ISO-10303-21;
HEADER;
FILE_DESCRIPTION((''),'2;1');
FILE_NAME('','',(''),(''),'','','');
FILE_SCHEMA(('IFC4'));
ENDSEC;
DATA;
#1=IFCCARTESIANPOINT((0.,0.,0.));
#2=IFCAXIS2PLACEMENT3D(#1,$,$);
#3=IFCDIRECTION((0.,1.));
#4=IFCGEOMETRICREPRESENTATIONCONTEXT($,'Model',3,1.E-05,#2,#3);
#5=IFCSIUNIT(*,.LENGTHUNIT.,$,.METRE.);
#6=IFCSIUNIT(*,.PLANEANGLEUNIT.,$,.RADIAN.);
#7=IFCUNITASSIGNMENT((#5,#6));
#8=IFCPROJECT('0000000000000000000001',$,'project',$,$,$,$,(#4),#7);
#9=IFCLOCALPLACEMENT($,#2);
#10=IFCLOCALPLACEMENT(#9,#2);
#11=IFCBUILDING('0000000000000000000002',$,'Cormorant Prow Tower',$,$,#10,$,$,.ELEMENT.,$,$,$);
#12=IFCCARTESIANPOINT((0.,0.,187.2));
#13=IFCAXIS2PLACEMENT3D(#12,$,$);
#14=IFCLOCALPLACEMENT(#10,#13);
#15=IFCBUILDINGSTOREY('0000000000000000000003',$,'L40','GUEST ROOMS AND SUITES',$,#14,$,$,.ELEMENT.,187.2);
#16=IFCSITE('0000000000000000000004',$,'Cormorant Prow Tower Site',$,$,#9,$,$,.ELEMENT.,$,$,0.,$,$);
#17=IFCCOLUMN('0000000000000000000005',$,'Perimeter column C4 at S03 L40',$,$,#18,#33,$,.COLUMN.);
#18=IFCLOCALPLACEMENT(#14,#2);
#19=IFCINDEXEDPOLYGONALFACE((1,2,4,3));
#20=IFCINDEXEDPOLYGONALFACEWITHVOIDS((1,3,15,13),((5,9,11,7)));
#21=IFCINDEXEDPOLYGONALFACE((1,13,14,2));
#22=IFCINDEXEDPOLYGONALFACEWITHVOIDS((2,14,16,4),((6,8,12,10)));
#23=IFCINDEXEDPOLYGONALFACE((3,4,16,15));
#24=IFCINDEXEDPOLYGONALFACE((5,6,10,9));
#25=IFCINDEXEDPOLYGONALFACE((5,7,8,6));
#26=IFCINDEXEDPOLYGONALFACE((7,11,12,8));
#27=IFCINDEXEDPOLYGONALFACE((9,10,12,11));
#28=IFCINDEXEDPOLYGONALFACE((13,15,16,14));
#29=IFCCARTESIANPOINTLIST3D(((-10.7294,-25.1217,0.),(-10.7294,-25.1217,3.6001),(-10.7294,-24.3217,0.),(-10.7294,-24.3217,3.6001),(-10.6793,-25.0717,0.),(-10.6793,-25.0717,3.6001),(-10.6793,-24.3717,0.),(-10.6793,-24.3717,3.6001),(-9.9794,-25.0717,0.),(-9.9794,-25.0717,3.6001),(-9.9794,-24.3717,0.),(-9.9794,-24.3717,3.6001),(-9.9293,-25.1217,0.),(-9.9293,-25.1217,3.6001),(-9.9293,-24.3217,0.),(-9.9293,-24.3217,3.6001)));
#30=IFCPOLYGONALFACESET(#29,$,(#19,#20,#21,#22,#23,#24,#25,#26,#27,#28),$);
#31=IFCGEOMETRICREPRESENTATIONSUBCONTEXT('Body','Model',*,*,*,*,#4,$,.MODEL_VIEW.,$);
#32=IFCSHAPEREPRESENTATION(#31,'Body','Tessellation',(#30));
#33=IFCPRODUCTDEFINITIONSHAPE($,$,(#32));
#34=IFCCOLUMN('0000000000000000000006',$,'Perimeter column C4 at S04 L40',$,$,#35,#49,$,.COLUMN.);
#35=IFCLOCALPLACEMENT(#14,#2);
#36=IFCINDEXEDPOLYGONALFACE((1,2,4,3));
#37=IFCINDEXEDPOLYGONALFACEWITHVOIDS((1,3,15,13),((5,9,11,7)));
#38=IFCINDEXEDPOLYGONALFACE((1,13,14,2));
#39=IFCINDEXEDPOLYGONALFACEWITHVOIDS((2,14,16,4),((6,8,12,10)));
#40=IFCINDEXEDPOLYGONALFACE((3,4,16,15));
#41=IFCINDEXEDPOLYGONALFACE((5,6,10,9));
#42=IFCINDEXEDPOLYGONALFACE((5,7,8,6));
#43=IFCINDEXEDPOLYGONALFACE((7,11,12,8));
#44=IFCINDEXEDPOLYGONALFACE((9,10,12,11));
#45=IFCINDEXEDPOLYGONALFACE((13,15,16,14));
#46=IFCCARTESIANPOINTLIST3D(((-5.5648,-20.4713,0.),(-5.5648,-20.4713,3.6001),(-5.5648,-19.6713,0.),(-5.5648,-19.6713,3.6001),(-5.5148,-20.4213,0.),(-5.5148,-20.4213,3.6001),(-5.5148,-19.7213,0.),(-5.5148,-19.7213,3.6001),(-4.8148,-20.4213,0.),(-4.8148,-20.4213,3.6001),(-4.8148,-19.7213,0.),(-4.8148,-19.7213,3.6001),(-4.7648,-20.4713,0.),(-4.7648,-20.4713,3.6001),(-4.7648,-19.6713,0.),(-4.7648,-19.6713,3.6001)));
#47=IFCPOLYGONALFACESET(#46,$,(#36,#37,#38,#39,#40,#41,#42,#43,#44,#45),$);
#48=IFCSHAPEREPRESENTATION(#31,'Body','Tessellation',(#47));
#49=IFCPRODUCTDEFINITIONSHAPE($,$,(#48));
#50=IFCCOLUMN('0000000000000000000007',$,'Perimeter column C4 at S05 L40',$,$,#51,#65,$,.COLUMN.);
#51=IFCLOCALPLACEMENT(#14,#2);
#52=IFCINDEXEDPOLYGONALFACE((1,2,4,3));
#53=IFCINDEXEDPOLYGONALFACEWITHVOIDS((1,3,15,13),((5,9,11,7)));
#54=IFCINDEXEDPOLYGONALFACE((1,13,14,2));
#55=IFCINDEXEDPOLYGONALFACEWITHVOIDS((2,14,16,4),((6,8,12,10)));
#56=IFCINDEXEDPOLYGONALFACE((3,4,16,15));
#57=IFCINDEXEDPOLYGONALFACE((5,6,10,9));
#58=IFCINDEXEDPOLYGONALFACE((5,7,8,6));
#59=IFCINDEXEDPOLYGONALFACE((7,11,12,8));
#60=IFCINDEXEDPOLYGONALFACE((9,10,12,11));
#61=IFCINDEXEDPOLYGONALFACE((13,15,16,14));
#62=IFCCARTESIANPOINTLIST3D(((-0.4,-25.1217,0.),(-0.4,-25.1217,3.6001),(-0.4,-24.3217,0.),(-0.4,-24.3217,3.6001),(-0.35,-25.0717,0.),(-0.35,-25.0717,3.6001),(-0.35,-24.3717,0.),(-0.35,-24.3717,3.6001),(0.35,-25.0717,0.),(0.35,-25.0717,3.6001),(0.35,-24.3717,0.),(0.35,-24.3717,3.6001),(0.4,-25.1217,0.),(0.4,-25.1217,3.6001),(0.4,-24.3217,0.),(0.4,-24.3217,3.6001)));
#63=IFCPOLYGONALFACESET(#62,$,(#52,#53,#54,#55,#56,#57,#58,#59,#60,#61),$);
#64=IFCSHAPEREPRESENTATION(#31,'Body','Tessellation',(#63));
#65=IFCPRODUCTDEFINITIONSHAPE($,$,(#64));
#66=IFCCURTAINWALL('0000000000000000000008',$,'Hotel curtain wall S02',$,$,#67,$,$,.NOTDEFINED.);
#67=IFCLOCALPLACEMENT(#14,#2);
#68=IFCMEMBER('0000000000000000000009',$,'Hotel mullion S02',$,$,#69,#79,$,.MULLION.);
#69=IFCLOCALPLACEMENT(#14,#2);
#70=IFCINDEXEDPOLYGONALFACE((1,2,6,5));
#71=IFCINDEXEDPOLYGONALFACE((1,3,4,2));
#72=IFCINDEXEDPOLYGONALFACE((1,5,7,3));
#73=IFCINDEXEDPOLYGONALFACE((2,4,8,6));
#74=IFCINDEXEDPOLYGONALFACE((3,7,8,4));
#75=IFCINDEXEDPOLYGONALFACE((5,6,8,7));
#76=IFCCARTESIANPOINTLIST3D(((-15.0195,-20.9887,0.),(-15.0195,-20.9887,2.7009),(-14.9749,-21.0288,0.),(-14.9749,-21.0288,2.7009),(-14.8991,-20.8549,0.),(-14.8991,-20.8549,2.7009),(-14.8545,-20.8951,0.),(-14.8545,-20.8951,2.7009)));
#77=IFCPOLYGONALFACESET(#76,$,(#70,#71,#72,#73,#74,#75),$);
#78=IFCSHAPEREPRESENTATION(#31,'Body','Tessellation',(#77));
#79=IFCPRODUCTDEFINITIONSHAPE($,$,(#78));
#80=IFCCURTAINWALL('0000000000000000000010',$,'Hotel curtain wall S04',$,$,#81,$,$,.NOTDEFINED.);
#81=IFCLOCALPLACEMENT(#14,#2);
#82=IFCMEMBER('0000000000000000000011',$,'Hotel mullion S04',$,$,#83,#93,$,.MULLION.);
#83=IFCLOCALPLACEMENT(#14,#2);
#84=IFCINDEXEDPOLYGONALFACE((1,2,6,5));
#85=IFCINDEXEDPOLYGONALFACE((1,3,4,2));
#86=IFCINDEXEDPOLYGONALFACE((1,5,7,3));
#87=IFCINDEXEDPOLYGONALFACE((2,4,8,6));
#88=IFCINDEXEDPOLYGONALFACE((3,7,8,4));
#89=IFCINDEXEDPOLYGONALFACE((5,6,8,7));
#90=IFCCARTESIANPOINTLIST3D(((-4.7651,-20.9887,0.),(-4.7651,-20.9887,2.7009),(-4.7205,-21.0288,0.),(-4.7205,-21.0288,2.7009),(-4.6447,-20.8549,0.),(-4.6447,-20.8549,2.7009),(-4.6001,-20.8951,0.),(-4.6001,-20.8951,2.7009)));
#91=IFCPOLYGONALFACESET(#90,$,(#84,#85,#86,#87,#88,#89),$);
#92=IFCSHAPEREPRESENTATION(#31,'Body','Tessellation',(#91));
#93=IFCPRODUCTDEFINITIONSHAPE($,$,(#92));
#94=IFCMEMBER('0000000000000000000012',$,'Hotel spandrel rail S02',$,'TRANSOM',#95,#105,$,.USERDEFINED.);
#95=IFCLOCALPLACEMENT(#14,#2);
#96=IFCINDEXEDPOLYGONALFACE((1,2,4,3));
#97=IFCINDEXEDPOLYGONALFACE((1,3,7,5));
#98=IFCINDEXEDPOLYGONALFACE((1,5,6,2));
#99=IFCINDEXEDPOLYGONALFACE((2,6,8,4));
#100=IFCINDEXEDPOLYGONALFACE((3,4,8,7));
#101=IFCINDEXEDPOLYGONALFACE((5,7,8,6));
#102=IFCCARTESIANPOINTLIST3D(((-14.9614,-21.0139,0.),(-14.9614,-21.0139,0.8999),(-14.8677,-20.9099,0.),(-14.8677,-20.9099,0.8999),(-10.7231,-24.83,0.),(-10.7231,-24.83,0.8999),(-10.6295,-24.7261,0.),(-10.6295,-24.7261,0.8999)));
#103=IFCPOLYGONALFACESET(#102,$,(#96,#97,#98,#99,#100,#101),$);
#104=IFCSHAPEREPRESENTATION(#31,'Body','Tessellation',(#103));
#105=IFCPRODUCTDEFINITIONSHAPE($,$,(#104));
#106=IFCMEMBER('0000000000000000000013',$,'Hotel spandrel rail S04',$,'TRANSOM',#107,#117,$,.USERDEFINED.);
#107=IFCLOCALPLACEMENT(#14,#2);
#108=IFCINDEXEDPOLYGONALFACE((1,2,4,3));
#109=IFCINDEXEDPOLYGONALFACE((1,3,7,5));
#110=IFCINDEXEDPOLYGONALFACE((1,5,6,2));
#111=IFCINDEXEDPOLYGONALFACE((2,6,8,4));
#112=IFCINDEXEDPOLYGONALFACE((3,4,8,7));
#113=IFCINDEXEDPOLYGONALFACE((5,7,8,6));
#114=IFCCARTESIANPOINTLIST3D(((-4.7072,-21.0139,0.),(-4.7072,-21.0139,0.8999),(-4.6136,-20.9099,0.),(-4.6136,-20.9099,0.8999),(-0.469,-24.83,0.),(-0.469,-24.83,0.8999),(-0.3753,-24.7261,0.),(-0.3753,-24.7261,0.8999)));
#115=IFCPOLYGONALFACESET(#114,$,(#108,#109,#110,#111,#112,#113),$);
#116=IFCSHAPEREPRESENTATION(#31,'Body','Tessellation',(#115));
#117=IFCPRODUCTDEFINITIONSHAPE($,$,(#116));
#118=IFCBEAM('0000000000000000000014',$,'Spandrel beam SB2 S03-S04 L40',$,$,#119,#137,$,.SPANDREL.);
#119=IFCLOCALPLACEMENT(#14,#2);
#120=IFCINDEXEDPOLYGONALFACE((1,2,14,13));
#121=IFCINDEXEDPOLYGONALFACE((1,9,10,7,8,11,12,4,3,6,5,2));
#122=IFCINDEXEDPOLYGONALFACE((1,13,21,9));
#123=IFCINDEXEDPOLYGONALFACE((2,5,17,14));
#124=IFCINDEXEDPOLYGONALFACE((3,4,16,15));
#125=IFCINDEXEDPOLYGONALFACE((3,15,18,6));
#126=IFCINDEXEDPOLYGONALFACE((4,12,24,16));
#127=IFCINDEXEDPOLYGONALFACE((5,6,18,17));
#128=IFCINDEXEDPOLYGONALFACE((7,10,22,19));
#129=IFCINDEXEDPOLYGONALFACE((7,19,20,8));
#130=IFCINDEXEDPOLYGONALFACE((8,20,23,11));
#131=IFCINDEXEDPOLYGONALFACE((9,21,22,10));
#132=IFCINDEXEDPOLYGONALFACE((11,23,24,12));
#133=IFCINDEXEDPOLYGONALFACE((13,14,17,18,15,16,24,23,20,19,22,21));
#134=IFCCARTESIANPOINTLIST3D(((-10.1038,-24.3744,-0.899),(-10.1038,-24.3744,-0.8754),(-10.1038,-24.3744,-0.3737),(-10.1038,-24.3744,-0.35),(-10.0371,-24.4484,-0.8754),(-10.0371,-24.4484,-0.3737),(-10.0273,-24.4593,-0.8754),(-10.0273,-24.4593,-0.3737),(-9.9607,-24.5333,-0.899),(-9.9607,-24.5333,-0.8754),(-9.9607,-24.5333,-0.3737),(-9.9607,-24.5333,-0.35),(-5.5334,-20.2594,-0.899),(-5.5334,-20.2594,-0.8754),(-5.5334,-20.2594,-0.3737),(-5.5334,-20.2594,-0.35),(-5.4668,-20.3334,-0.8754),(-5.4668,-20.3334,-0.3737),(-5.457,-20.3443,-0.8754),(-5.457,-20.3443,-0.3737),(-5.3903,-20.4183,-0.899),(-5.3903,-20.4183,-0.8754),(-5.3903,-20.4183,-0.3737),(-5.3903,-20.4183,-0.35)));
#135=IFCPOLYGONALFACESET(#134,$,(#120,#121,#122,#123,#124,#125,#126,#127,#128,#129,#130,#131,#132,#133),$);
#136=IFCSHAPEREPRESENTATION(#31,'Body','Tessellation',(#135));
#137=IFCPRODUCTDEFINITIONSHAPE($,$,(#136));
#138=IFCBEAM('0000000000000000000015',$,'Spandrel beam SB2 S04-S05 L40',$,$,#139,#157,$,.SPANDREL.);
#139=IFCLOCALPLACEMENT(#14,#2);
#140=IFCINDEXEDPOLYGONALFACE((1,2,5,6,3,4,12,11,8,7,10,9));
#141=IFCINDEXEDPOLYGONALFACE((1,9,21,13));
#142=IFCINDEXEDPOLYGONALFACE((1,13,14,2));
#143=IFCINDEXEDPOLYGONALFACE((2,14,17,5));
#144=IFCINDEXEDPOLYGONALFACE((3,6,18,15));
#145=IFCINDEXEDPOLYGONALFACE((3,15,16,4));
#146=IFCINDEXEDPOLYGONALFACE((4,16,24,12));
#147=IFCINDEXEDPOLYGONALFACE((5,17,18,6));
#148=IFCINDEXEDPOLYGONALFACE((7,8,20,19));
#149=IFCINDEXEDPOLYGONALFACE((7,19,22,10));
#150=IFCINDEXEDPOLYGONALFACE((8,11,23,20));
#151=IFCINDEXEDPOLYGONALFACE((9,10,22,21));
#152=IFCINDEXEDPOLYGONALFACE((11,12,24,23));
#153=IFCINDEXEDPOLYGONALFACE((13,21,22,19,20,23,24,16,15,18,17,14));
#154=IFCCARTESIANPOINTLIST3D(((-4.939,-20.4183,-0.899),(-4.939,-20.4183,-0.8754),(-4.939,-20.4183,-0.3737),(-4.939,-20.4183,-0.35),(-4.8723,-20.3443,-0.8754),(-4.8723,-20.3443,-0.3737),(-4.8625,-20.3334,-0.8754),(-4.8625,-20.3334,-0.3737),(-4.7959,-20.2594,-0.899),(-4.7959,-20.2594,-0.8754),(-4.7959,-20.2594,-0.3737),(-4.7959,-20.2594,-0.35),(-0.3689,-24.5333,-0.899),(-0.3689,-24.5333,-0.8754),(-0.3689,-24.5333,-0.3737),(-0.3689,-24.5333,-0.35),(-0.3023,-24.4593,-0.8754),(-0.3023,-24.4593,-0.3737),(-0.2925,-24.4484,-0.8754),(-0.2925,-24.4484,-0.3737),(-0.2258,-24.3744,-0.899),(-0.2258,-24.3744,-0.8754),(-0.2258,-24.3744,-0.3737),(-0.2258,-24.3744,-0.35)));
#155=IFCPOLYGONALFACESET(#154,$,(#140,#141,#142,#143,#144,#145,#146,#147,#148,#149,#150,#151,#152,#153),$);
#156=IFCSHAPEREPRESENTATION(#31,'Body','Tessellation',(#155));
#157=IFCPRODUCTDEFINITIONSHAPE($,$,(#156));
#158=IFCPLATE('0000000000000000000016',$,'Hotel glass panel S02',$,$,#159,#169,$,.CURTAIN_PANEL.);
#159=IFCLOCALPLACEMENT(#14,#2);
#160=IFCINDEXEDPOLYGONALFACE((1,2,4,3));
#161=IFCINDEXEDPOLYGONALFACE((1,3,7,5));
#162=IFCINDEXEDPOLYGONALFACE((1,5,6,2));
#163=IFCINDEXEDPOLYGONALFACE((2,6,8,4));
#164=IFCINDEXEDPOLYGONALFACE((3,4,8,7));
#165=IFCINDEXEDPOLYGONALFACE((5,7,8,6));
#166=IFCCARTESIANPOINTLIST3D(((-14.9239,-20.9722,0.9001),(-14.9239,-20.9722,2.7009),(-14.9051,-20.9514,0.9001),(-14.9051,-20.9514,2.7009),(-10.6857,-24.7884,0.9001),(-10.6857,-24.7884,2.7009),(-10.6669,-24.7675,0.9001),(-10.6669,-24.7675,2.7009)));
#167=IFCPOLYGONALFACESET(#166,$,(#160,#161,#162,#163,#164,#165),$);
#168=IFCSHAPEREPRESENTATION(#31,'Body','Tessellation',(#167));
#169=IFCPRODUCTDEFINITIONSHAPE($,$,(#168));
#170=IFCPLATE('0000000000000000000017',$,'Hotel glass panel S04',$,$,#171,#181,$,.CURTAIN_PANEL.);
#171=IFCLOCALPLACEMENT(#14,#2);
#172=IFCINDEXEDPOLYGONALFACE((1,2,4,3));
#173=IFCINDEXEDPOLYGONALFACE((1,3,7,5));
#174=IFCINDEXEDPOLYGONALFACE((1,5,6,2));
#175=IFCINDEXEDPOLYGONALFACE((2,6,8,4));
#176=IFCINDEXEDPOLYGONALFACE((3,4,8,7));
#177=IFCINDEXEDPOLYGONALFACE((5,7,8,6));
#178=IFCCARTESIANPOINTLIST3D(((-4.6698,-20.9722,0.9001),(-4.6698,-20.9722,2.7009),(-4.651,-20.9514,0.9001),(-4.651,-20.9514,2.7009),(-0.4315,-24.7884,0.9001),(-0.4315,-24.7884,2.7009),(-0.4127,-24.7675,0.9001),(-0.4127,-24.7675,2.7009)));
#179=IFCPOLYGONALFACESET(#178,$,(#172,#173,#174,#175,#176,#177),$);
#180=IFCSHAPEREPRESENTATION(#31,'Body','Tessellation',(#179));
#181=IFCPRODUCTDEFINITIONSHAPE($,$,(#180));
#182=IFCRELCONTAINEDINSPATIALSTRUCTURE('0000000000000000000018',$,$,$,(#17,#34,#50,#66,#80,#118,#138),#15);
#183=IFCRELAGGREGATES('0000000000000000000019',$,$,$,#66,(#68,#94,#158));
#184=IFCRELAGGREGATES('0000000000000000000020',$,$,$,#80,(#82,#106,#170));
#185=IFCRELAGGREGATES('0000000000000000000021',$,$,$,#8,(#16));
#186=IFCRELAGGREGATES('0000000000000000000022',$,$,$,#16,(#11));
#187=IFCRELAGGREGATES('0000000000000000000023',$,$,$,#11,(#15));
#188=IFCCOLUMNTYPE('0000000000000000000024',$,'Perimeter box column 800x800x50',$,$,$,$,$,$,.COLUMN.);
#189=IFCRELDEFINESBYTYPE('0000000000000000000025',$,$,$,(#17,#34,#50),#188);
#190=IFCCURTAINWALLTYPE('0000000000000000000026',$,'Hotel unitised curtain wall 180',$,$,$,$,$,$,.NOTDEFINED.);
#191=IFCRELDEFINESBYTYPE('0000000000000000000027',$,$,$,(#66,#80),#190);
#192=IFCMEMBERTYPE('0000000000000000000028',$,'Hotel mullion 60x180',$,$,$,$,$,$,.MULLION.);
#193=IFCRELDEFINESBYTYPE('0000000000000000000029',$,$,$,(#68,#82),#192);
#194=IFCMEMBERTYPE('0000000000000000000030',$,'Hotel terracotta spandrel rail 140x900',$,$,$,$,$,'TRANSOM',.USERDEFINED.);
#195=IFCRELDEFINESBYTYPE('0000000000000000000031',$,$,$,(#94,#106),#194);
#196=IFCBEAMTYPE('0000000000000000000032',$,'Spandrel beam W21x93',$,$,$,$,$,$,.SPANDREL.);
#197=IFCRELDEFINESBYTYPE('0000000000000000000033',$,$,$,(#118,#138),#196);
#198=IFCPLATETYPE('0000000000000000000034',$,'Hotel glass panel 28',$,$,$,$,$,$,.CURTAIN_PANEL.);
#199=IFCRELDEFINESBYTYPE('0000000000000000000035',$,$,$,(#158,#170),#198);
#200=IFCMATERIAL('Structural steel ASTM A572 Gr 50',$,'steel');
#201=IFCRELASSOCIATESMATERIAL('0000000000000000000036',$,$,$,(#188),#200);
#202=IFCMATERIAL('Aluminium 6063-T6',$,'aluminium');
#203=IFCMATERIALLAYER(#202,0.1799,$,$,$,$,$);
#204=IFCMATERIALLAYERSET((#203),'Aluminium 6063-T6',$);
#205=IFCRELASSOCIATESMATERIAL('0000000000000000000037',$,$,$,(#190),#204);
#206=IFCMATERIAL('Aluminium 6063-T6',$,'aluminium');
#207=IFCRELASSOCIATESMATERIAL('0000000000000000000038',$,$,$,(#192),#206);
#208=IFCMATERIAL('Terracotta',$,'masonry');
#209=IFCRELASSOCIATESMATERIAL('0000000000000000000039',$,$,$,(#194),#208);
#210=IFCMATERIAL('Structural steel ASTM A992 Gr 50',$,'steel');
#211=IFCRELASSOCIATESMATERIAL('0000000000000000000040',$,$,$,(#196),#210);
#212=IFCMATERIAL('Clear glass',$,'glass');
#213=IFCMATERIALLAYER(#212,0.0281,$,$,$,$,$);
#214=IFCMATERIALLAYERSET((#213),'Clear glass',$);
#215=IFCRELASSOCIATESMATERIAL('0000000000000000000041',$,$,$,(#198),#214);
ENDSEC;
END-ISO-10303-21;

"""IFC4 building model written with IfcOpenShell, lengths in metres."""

from ifc_helpers import new_model, si_unit, direction, frame, origin, origin_2d, place, context, subcontext, project, spatial, rectangle, hollow_rectangle, i_section, extrude, material, layer, layer_set, material_profile, profile_set, type_object, element, aggregate, save


model = new_model("IFC4")

# Units and contexts
model_context = context("Model", 3, precision=1e-05, world=origin(), true_north=direction((0.0, 1.0)))
body_context = subcontext(model_context, "Body", "Model", "MODEL_VIEW")
ifc_project = project(units=[si_unit("LENGTHUNIT", "METRE"), si_unit("PLANEANGLEUNIT", "RADIAN")], contexts=[model_context])

# Site, building, storey
site_placement = place(None, origin())
site = spatial("IfcSite", under=ifc_project, at=site_placement, Name="Cormorant Prow Tower Site", CompositionType="ELEMENT", RefElevation=0.0)
building_placement = place(site_placement, origin())
building = spatial("IfcBuilding", under=site, at=building_placement, Name="Cormorant Prow Tower", CompositionType="ELEMENT")
storey_placement = place(building_placement, frame((0.0, 0.0, 187.2)))
storey = spatial("IfcBuildingStorey", under=building, at=storey_placement, Name="L40", Description="GUEST ROOMS AND SUITES", CompositionType="ELEMENT", Elevation=187.2)

# Columns
ifc_material_1 = material(Name="Structural steel ASTM A572 Gr 50", Category="steel")
ifc_material_profile_1 = material_profile(ifc_material_1, hollow_rectangle(XDim=0.8, YDim=0.8, WallThickness=0.05, at=origin_2d()), Name="Box 800x800x50")
ifc_profile_set_1 = profile_set([ifc_material_profile_1], Name="Structural steel ASTM A572 Gr 50")
column_type = type_object("IfcColumnType", Name="Perimeter box column 800x800x50", PredefinedType="COLUMN", material=ifc_profile_set_1)
for number, where, z_axis, x_axis, name in (
    (1, (-10.3293, -24.7217, 0.0), (0.0, 0.0, 1.0), (1.0, 0.0, 0.0), "Perimeter column C4 at S03 L40"),
    (2, (-5.1648, -20.0713, 0.0), (0.0, 0.0, 1.0), (1.0, 0.0, 0.0), "Perimeter column C4 at S04 L40"),
    (3, (0.0, -24.7217, 0.0), (0.0, 0.0, 1.0), (1.0, 0.0, 0.0), "Perimeter column C4 at S05 L40"),
):
    element("IfcColumn", number, at=place(storey_placement, frame(where, z_axis=z_axis, x_axis=x_axis)), inside=storey, type_object=column_type, Name=name, PredefinedType="COLUMN", context=body_context, shape_type="SweptSolid", body=[
        extrude(hollow_rectangle(XDim=0.8, YDim=0.8, WallThickness=0.05, at=origin_2d()), origin(), (0.0, 0.0, 1.0), 3.6001),
    ])

# Curtain walls, members
ifc_material_2 = material(Name="Aluminium 6063-T6", Category="aluminium")
ifc_layer_1 = layer(ifc_material_2, 0.1799)
ifc_layer_set_1 = layer_set([ifc_layer_1], Name="Aluminium 6063-T6")
curtain_wall_type = type_object("IfcCurtainWallType", Name="Hotel unitised curtain wall 180", PredefinedType="NOTDEFINED", material=ifc_layer_set_1)
curtain_wall_1_placement = place(storey_placement, origin())
curtain_wall_1 = element("IfcCurtainWall", 4, at=curtain_wall_1_placement, inside=storey, type_object=curtain_wall_type, Name="Hotel curtain wall S02", PredefinedType="NOTDEFINED")
ifc_material_3 = material(Name="Aluminium 6063-T6", Category="aluminium")
ifc_material_profile_2 = material_profile(ifc_material_3, rectangle(XDim=0.1799, YDim=0.0601, at=origin_2d()), Name="Hotel mullion 60x180")
ifc_profile_set_2 = profile_set([ifc_material_profile_2], Name="Aluminium 6063-T6")
member_type_1 = type_object("IfcMemberType", Name="Hotel mullion 60x180", PredefinedType="MULLION", material=ifc_profile_set_2)
member_1_placement = place(storey_placement, frame((-14.937, -20.9419, 0.0), z_axis=(0.0, 0.0, 1.0), x_axis=(0.669131, 0.743145, 0.0)))
member_1 = element("IfcMember", 5, at=member_1_placement, type_object=member_type_1, Name="Hotel mullion S02", PredefinedType="MULLION", context=body_context, shape_type="SweptSolid", body=[
    extrude(rectangle(XDim=0.1799, YDim=0.0601, at=origin_2d()), origin(), (0.0, 0.0, 1.0), 2.7009),
])
curtain_wall_2_placement = place(storey_placement, origin())
curtain_wall_2 = element("IfcCurtainWall", 6, at=curtain_wall_2_placement, inside=storey, type_object=curtain_wall_type, Name="Hotel curtain wall S04", PredefinedType="NOTDEFINED")
member_2_placement = place(storey_placement, frame((-4.6826, -20.9419, 0.0), z_axis=(0.0, 0.0, 1.0), x_axis=(0.669131, 0.743145, 0.0)))
member_2 = element("IfcMember", 7, at=member_2_placement, type_object=member_type_1, Name="Hotel mullion S04", PredefinedType="MULLION", context=body_context, shape_type="SweptSolid", body=[
    extrude(rectangle(XDim=0.1799, YDim=0.0601, at=origin_2d()), origin(), (0.0, 0.0, 1.0), 2.7009),
])

# Members
ifc_material_4 = material(Name="Terracotta", Category="masonry")
ifc_material_profile_3 = material_profile(ifc_material_4, rectangle(XDim=0.1399, YDim=0.8999, at=origin_2d()), Name="Hotel terracotta spandrel rail 140x900")
ifc_profile_set_3 = profile_set([ifc_material_profile_3], Name="Terracotta")
member_type_2 = type_object("IfcMemberType", Name="Hotel terracotta spandrel rail 140x900", ElementType="TRANSOM", PredefinedType="USERDEFINED", material=ifc_profile_set_3)
member_3_placement = place(storey_placement, frame((-14.9146, -20.9619, 0.45), z_axis=(0.743145, -0.66913, 0.0), x_axis=(0.66913, 0.743145, 0.0)))
member_3 = element("IfcMember", 8, at=member_3_placement, type_object=member_type_2, Name="Hotel spandrel rail S02", ObjectType="TRANSOM", PredefinedType="USERDEFINED", context=body_context, shape_type="SweptSolid", body=[
    extrude(rectangle(XDim=0.1399, YDim=0.8999, at=origin_2d()), origin(), (0.0, 0.0, 1.0), 5.7031),
])
member_4_placement = place(storey_placement, frame((-4.6604, -20.9619, 0.45), z_axis=(0.743145, -0.66913, 0.0), x_axis=(0.66913, 0.743145, 0.0)))
member_4 = element("IfcMember", 9, at=member_4_placement, type_object=member_type_2, Name="Hotel spandrel rail S04", ObjectType="TRANSOM", PredefinedType="USERDEFINED", context=body_context, shape_type="SweptSolid", body=[
    extrude(rectangle(XDim=0.1399, YDim=0.8999, at=origin_2d()), origin(), (0.0, 0.0, 1.0), 5.7031),
])

# Beams
ifc_material_5 = material(Name="Structural steel ASTM A992 Gr 50", Category="steel")
ifc_material_profile_4 = material_profile(ifc_material_5, i_section(OverallWidth=0.2139, OverallDepth=0.5491, WebThickness=0.0146, FlangeThickness=0.0237, at=origin_2d()), Name="W21x93")
ifc_profile_set_4 = profile_set([ifc_material_profile_4], Name="Structural steel ASTM A992 Gr 50")
beam_type = type_object("IfcBeamType", Name="Spandrel beam W21x93", PredefinedType="SPANDREL", material=ifc_profile_set_4)
beam_1_placement = place(storey_placement, frame((-10.0322, -24.4539, -0.6245), z_axis=(0.743156, 0.669118, 0.0), x_axis=(-0.669118, 0.743156, 0.0)))
element("IfcBeam", 10, at=beam_1_placement, inside=storey, type_object=beam_type, Name="Spandrel beam SB2 S03-S04 L40", PredefinedType="SPANDREL", context=body_context, shape_type="SweptSolid", body=[
    extrude(i_section(OverallWidth=0.2139, OverallDepth=0.5491, WebThickness=0.0146, FlangeThickness=0.0237, at=origin_2d()), origin(), (0.0, 0.0, 1.0), 6.1499),
])
beam_2_placement = place(storey_placement, frame((-4.8674, -20.3389, -0.6245), z_axis=(0.743138, -0.669138, 0.0), x_axis=(0.669138, 0.743138, 0.0)))
element("IfcBeam", 11, at=beam_2_placement, inside=storey, type_object=beam_type, Name="Spandrel beam SB2 S04-S05 L40", PredefinedType="SPANDREL", context=body_context, shape_type="SweptSolid", body=[
    extrude(i_section(OverallWidth=0.2139, OverallDepth=0.5491, WebThickness=0.0146, FlangeThickness=0.0237, at=origin_2d()), origin(), (0.0, 0.0, 1.0), 6.1497),
])

# Plates
ifc_material_6 = material(Name="Clear glass", Category="glass")
ifc_layer_2 = layer(ifc_material_6, 0.0281)
ifc_layer_set_2 = layer_set([ifc_layer_2], Name="Clear glass")
plate_type = type_object("IfcPlateType", Name="Hotel glass panel 28", PredefinedType="CURTAIN_PANEL", material=ifc_layer_set_2)
plate_1_placement = place(storey_placement, frame((-12.7954, -22.8699, 0.9001), z_axis=(0.0, 0.0, 1.0), x_axis=(0.743145, -0.669131, 0.0)))
plate_1 = element("IfcPlate", 12, at=plate_1_placement, type_object=plate_type, Name="Hotel glass panel S02", PredefinedType="CURTAIN_PANEL", context=body_context, shape_type="SweptSolid", body=[
    extrude(rectangle(XDim=5.7031, YDim=0.0281, at=origin_2d()), origin(), (0.0, 0.0, 1.0), 1.8008),
])
aggregate(curtain_wall_1, [member_1, member_3, plate_1])
plate_2_placement = place(storey_placement, frame((-2.5413, -22.8699, 0.9001), z_axis=(0.0, 0.0, 1.0), x_axis=(0.743145, -0.669131, 0.0)))
plate_2 = element("IfcPlate", 13, at=plate_2_placement, type_object=plate_type, Name="Hotel glass panel S04", PredefinedType="CURTAIN_PANEL", context=body_context, shape_type="SweptSolid", body=[
    extrude(rectangle(XDim=5.7031, YDim=0.0281, at=origin_2d()), origin(), (0.0, 0.0, 1.0), 1.8008),
])
aggregate(curtain_wall_2, [member_2, member_4, plate_2])

save(model, "model.ifc")
